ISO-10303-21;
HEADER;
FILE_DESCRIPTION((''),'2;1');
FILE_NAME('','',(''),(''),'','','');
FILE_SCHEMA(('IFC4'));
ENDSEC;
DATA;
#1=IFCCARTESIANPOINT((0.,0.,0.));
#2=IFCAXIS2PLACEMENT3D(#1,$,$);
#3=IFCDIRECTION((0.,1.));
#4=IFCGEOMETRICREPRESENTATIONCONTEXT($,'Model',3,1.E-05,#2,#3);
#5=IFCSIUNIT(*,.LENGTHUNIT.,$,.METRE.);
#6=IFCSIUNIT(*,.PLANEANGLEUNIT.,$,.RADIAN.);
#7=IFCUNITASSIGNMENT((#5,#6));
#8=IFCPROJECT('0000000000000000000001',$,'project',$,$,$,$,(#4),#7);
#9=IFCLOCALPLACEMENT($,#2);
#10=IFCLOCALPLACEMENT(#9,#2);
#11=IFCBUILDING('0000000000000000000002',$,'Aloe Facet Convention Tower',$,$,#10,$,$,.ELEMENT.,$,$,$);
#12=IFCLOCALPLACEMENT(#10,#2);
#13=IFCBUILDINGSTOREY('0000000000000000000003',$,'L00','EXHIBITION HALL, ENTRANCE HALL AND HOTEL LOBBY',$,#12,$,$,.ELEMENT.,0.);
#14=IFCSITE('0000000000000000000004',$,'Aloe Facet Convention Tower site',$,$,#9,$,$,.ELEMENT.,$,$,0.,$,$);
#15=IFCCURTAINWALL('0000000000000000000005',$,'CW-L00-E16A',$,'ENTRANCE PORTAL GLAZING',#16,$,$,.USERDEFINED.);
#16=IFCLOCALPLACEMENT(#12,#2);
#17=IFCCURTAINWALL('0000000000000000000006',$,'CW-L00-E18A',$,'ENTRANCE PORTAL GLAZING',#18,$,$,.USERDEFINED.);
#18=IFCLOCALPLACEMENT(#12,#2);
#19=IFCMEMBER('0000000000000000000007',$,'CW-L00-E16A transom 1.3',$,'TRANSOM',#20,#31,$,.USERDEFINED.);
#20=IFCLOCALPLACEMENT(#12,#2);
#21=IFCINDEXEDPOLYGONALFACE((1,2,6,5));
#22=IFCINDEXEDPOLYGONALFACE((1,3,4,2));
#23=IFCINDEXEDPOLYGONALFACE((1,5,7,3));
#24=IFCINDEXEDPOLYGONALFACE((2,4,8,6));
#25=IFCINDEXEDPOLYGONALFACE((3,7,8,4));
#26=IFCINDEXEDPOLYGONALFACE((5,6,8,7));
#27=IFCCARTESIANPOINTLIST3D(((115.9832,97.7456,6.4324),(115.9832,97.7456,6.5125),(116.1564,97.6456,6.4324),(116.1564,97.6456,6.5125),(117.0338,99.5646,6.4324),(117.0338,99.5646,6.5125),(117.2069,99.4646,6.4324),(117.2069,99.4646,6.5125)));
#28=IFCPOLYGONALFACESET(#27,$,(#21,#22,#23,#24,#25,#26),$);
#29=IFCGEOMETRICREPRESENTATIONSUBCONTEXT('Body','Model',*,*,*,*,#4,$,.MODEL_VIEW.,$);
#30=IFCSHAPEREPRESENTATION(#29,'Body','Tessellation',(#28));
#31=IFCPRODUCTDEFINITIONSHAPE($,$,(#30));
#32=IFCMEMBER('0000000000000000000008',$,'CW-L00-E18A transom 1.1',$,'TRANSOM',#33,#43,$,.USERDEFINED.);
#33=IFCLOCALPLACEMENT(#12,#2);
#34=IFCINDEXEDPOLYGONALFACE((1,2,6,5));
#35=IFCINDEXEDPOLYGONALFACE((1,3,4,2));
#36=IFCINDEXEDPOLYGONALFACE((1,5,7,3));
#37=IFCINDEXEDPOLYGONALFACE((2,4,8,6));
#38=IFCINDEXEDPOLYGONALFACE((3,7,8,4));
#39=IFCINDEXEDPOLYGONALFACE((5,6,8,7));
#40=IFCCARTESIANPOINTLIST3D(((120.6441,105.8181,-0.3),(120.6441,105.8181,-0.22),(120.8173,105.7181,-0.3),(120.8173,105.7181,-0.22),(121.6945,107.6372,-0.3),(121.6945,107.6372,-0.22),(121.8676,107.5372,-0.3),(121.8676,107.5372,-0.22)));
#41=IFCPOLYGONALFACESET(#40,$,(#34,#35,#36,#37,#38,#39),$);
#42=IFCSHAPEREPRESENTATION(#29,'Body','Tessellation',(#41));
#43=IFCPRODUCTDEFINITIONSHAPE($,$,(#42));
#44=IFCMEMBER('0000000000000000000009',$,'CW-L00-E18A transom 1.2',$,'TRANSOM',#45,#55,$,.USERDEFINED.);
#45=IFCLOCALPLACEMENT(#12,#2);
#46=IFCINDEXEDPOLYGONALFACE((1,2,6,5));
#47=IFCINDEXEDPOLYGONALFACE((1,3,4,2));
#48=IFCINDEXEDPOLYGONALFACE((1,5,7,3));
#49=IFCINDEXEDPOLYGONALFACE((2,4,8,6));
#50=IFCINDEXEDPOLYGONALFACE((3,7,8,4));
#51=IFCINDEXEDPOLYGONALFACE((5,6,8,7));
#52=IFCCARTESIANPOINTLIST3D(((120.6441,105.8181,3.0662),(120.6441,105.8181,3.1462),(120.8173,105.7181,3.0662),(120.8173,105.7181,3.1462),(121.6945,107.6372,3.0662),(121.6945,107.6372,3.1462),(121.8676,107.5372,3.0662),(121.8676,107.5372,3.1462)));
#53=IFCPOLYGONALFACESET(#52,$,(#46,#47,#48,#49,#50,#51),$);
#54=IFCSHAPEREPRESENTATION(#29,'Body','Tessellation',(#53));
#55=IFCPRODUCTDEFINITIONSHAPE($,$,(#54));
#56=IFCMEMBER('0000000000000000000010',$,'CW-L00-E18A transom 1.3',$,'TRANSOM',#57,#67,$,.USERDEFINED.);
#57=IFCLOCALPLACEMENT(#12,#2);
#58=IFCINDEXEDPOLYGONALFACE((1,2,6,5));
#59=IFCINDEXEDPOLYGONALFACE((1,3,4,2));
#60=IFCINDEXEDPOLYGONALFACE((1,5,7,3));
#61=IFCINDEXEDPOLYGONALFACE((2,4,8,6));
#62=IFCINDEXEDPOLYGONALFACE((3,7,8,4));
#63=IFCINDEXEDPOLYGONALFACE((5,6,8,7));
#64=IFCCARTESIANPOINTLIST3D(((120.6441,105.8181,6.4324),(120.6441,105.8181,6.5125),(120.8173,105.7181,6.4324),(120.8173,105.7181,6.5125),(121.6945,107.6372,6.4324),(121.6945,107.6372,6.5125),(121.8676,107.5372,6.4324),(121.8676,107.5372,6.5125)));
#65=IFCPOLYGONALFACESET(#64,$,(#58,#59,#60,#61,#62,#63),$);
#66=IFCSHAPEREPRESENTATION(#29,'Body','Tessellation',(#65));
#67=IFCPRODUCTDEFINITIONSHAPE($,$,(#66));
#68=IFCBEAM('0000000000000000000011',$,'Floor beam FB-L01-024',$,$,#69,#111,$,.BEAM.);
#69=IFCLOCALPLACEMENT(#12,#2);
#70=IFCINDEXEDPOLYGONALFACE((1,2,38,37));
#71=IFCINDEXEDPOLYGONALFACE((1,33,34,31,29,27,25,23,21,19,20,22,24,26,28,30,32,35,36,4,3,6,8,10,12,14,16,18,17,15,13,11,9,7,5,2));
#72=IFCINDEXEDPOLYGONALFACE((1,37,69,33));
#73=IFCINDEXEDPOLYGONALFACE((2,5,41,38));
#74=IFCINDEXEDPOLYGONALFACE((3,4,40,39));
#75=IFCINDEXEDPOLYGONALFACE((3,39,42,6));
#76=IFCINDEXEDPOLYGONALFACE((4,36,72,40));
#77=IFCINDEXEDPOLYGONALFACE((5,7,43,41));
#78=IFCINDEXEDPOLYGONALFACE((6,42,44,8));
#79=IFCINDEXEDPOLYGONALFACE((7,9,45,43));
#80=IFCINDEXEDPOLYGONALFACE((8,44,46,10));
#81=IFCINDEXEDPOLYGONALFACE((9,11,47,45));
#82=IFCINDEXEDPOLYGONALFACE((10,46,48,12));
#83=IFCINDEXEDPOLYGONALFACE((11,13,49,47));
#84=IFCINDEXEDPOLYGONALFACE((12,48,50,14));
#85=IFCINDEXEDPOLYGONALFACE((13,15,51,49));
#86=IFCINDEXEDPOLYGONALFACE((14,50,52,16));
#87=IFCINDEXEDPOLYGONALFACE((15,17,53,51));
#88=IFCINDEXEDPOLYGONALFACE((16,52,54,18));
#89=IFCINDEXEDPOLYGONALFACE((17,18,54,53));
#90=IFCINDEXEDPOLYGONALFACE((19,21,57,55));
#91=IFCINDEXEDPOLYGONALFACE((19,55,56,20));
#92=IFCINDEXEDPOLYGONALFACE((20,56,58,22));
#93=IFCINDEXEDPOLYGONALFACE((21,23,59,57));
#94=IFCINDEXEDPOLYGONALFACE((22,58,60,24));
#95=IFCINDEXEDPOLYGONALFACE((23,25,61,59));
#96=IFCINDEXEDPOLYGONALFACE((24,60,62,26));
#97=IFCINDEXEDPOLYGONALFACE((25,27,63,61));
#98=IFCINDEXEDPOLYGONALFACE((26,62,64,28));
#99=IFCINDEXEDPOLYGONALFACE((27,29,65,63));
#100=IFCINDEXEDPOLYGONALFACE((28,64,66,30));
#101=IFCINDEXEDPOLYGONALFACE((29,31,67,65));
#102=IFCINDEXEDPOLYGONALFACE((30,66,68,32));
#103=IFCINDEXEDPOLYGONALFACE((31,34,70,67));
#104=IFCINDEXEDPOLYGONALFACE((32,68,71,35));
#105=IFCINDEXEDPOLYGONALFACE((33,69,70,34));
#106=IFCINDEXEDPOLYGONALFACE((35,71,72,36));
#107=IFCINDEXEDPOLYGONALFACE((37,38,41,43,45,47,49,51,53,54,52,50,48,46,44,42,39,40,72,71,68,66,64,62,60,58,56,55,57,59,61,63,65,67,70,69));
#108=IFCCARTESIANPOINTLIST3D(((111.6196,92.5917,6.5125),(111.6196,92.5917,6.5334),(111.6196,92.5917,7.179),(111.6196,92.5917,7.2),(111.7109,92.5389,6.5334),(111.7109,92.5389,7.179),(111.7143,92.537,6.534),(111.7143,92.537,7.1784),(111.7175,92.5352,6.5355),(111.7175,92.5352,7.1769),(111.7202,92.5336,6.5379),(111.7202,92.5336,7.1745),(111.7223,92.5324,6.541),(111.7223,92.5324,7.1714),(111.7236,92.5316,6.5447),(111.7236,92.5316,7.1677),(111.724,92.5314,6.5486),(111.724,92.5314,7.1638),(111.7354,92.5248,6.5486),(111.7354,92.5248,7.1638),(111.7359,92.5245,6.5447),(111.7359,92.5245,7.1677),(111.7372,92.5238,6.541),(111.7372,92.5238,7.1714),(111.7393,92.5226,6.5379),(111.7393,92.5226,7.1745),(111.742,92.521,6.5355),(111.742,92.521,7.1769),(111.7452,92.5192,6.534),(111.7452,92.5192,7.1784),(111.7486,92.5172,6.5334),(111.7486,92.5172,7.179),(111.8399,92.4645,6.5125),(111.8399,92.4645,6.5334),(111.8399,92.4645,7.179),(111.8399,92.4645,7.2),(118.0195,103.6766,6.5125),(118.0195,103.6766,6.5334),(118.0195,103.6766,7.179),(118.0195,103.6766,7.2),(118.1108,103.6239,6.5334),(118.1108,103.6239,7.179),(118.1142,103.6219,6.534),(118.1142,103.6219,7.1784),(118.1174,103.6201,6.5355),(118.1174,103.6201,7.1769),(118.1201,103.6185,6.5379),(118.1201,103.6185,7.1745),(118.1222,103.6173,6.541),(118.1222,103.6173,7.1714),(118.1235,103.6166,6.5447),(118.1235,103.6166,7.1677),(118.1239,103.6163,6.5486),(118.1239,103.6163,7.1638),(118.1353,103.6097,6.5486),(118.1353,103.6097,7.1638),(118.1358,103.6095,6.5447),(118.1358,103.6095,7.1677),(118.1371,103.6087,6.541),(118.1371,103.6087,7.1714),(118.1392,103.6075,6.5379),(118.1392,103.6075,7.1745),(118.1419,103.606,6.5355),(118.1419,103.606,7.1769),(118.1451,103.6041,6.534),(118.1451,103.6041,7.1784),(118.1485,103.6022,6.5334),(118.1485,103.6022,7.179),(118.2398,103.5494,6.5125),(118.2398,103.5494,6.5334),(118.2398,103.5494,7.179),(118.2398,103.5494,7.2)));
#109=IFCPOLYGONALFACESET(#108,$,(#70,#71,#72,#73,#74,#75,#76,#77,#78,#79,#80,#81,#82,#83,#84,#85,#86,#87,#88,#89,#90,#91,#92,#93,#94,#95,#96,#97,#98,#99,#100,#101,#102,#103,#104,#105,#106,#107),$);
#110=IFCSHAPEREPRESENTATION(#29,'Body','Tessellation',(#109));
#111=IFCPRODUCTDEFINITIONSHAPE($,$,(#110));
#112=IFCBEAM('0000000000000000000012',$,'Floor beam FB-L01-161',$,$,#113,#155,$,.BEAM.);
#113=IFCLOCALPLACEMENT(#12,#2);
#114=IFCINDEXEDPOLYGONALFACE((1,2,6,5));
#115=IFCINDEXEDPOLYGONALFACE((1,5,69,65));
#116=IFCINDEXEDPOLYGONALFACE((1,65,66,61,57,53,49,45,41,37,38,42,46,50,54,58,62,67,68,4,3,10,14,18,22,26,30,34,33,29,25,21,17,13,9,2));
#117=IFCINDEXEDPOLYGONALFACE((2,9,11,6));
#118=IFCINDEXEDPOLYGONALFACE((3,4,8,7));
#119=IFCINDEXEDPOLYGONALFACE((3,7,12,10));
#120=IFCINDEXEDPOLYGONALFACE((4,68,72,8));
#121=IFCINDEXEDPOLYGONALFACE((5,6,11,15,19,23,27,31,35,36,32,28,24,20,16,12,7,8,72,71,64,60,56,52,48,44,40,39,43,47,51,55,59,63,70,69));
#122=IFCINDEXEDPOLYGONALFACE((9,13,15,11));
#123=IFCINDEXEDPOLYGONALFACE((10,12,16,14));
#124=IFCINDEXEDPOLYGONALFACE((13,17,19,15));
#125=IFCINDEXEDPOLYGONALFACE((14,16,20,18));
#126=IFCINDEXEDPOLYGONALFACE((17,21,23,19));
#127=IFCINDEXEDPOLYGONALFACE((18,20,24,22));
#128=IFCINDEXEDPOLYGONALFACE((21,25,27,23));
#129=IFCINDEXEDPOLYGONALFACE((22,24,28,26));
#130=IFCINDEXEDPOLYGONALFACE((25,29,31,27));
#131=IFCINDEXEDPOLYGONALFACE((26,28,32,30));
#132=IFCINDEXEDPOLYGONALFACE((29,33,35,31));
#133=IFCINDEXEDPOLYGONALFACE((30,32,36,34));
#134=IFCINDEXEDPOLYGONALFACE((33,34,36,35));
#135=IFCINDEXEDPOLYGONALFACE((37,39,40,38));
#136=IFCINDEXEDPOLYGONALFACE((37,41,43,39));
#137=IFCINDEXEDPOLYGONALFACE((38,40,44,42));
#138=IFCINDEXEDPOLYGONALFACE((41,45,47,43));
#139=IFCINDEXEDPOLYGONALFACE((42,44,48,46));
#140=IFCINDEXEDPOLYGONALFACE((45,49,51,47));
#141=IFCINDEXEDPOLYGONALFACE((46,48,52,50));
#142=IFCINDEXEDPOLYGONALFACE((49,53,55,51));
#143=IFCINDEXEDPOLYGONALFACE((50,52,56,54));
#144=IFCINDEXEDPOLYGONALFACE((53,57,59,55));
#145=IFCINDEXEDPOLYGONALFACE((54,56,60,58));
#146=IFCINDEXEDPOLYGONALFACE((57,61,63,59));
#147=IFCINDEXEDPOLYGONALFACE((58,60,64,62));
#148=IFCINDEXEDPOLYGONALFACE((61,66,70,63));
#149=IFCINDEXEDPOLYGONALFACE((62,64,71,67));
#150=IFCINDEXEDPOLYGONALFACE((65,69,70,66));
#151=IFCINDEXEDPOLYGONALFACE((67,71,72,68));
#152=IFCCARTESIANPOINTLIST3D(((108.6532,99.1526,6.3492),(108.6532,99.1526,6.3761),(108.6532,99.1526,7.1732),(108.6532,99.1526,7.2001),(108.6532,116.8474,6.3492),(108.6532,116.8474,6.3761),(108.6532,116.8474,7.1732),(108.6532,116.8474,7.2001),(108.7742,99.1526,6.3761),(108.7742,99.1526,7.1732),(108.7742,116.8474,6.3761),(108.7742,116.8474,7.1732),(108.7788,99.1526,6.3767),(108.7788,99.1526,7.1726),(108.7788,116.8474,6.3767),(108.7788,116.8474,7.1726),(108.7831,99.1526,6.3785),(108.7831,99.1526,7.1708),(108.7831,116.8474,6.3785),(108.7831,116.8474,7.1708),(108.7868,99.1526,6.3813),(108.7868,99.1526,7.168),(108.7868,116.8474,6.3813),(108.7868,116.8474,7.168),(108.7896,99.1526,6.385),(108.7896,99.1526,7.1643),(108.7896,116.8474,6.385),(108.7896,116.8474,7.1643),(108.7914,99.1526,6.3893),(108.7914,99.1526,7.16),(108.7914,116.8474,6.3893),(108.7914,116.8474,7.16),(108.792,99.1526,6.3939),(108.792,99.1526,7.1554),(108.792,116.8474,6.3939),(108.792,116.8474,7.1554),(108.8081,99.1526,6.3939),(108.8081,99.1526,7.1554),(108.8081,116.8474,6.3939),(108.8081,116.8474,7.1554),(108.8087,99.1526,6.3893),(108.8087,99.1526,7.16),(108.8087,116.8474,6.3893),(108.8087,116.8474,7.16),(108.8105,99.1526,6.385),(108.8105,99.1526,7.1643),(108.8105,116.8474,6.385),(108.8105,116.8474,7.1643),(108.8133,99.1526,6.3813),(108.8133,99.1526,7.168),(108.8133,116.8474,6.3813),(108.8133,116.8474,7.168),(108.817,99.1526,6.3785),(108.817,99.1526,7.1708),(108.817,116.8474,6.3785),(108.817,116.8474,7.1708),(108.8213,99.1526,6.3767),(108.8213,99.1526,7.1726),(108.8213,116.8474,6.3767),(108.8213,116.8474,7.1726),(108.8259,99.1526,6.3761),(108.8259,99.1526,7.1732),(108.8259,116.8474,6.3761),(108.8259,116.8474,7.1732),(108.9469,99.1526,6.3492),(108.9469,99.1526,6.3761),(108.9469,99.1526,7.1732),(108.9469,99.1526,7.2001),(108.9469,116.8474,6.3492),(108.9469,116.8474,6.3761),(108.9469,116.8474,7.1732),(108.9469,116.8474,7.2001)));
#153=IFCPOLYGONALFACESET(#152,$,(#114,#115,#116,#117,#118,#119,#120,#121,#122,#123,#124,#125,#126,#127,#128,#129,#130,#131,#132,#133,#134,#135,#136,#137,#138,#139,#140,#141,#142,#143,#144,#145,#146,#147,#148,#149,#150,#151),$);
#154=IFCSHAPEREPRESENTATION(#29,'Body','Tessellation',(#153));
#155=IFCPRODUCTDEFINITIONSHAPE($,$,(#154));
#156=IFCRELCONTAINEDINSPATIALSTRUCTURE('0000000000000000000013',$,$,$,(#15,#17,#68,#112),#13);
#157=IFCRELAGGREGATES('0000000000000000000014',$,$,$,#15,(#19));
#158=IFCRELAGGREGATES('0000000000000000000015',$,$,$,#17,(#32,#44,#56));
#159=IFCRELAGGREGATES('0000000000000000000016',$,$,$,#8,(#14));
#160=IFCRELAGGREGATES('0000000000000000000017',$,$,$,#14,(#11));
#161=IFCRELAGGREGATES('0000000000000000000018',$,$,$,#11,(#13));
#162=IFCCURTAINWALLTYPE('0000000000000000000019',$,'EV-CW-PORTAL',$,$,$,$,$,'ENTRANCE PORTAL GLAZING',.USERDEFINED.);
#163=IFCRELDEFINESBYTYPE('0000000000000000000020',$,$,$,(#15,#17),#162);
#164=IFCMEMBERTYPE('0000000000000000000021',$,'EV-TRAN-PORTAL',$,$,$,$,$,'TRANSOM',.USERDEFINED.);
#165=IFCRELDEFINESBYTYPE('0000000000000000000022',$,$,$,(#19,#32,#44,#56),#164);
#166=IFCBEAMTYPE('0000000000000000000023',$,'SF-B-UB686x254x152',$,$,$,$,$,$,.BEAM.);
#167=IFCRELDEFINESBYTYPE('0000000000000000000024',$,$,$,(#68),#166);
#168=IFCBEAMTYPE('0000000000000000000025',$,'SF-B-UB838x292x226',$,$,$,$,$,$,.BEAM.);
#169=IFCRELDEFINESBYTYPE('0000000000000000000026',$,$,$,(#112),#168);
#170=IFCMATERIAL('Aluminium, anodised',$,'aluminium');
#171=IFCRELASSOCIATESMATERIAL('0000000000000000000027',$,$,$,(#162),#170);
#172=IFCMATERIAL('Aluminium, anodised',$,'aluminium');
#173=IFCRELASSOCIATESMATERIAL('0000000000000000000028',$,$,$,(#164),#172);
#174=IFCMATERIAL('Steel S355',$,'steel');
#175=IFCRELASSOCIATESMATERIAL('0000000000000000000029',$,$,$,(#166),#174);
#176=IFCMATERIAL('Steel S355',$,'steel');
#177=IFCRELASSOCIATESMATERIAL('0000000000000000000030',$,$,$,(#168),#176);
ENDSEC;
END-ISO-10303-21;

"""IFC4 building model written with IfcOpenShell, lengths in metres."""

from ifc_helpers import new_model, si_unit, direction, frame, origin, origin_2d, place, context, subcontext, project, spatial, rectangle, i_section, extrude, material, material_profile, profile_set, type_object, element, aggregate, save


model = new_model("IFC4")

# Units and contexts
model_context = context("Model", 3, precision=1e-05, world=origin(), true_north=direction((0.0, 1.0)))
body_context = subcontext(model_context, "Body", "Model", "MODEL_VIEW")
ifc_project = project(units=[si_unit("LENGTHUNIT", "METRE"), si_unit("PLANEANGLEUNIT", "RADIAN")], contexts=[model_context])

# Site, building, storey
site_placement = place(None, origin())
site = spatial("IfcSite", under=ifc_project, at=site_placement, Name="Aloe Facet Convention Tower site", CompositionType="ELEMENT", RefElevation=0.0)
building_placement = place(site_placement, origin())
building = spatial("IfcBuilding", under=site, at=building_placement, Name="Aloe Facet Convention Tower", CompositionType="ELEMENT")
storey_placement = place(building_placement, origin())
storey = spatial("IfcBuildingStorey", under=building, at=storey_placement, Name="L00", Description="EXHIBITION HALL, ENTRANCE HALL AND HOTEL LOBBY", CompositionType="ELEMENT", Elevation=0.0)

# Shared definitions
ifc_material_1 = material(Name="Aluminium, anodised", Category="aluminium")
curtain_wall_type = type_object("IfcCurtainWallType", Name="EV-CW-PORTAL", ElementType="ENTRANCE PORTAL GLAZING", PredefinedType="USERDEFINED", material=ifc_material_1)

# Curtain walls
curtain_wall_1_placement = place(storey_placement, origin())
curtain_wall_1 = element("IfcCurtainWall", 1, at=curtain_wall_1_placement, inside=storey, type_object=curtain_wall_type, Name="CW-L00-E16A", ObjectType="ENTRANCE PORTAL GLAZING", PredefinedType="USERDEFINED")
curtain_wall_2_placement = place(storey_placement, origin())
curtain_wall_2 = element("IfcCurtainWall", 2, at=curtain_wall_2_placement, inside=storey, type_object=curtain_wall_type, Name="CW-L00-E18A", ObjectType="ENTRANCE PORTAL GLAZING", PredefinedType="USERDEFINED")

# Members
ifc_material_2 = material(Name="Aluminium, anodised", Category="aluminium")
ifc_material_profile_1 = material_profile(ifc_material_2, rectangle(XDim=0.2, YDim=0.0801, at=origin_2d()), Name="AL 200x80")
ifc_profile_set_1 = profile_set([ifc_material_profile_1], Name="Aluminium, anodised")
member_type_1 = type_object("IfcMemberType", Name="EV-TRAN-PORTAL", ElementType="TRANSOM", PredefinedType="USERDEFINED", material=ifc_profile_set_1)
member_1_placement = place(storey_placement, frame((116.0698, 97.6956, 6.4724), z_axis=(0.500101, 0.865967, 0.0), x_axis=(-0.865967, 0.500101, 0.0)))
member_1 = element("IfcMember", 3, at=member_1_placement, type_object=member_type_1, Name="CW-L00-E16A transom 1.3", ObjectType="TRANSOM", PredefinedType="USERDEFINED", context=body_context, shape_type="SweptSolid", body=[
    extrude(rectangle(XDim=0.2, YDim=0.0801, at=origin_2d()), origin(), (0.0, 0.0, 1.0), 2.1006),
])
member_2_placement = place(storey_placement, frame((120.7307, 105.7681, -0.26), z_axis=(0.500014, 0.866017, 0.0), x_axis=(-0.866017, 0.500014, 0.0)))
member_2 = element("IfcMember", 4, at=member_2_placement, type_object=member_type_1, Name="CW-L00-E18A transom 1.1", ObjectType="TRANSOM", PredefinedType="USERDEFINED", context=body_context, shape_type="SweptSolid", body=[
    extrude(rectangle(XDim=0.2, YDim=0.0801, at=origin_2d()), origin(), (0.0, 0.0, 1.0), 2.1006),
])
member_3_placement = place(storey_placement, frame((120.7307, 105.7681, 3.1062), z_axis=(0.500014, 0.866017, 0.0), x_axis=(-0.866017, 0.500014, 0.0)))
member_3 = element("IfcMember", 5, at=member_3_placement, type_object=member_type_1, Name="CW-L00-E18A transom 1.2", ObjectType="TRANSOM", PredefinedType="USERDEFINED", context=body_context, shape_type="SweptSolid", body=[
    extrude(rectangle(XDim=0.2, YDim=0.0801, at=origin_2d()), origin(), (0.0, 0.0, 1.0), 2.1006),
])
member_4_placement = place(storey_placement, frame((120.7307, 105.7681, 6.4724), z_axis=(0.500014, 0.866017, 0.0), x_axis=(-0.866017, 0.500014, 0.0)))
member_4 = element("IfcMember", 6, at=member_4_placement, type_object=member_type_1, Name="CW-L00-E18A transom 1.3", ObjectType="TRANSOM", PredefinedType="USERDEFINED", context=body_context, shape_type="SweptSolid", body=[
    extrude(rectangle(XDim=0.2, YDim=0.0801, at=origin_2d()), origin(), (0.0, 0.0, 1.0), 2.1006),
])

# Beams
ifc_material_3 = material(Name="Steel S355", Category="steel")
ifc_material_profile_2 = material_profile(ifc_material_3, i_section(OverallWidth=0.2544, OverallDepth=0.6875, WebThickness=0.0132, FlangeThickness=0.021, FilletRadius=0.0151, at=origin_2d()), Name="UB 686x254x152")
ifc_profile_set_2 = profile_set([ifc_material_profile_2], Name="Steel S355")
beam_type_1 = type_object("IfcBeamType", Name="SF-B-UB686x254x152", PredefinedType="BEAM", material=ifc_profile_set_2)
beam_1_placement = place(storey_placement, frame((118.1296, 103.613, 6.8562), z_axis=(-0.5, -0.866025, 0.0), x_axis=(0.866025, -0.5, 0.0)))
element("IfcBeam", 7, at=beam_1_placement, inside=storey, type_object=beam_type_1, Name="Floor beam FB-L01-024", PredefinedType="BEAM", context=body_context, shape_type="SweptSolid", body=[
    extrude(i_section(OverallWidth=0.2544, OverallDepth=0.6875, WebThickness=0.0132, FlangeThickness=0.021, FilletRadius=0.0151, at=origin_2d()), origin(), (0.0, 0.0, 1.0), 12.7998),
])
ifc_material_4 = material(Name="Steel S355", Category="steel")
ifc_material_profile_3 = material_profile(ifc_material_4, i_section(OverallWidth=0.2937, OverallDepth=0.8508, WebThickness=0.0161, FlangeThickness=0.0269, FilletRadius=0.0178, at=origin_2d()), Name="UB 838x292x226")
ifc_profile_set_3 = profile_set([ifc_material_profile_3], Name="Steel S355")
beam_type_2 = type_object("IfcBeamType", Name="SF-B-UB838x292x226", PredefinedType="BEAM", material=ifc_profile_set_3)
beam_2_placement = place(storey_placement, frame((108.8, 99.1526, 6.7747), z_axis=(0.0, 1.0, 0.0), x_axis=(-1.0, 0.0, 0.0)))
element("IfcBeam", 8, at=beam_2_placement, inside=storey, type_object=beam_type_2, Name="Floor beam FB-L01-161", PredefinedType="BEAM", context=body_context, shape_type="SweptSolid", body=[
    extrude(i_section(OverallWidth=0.2937, OverallDepth=0.8508, WebThickness=0.0161, FlangeThickness=0.0269, FilletRadius=0.0178, at=origin_2d()), origin(), (0.0, 0.0, 1.0), 17.6948),
])

aggregate(curtain_wall_1, [member_1])
aggregate(curtain_wall_2, [member_2, member_3, member_4])

save(model, "model.ifc")
